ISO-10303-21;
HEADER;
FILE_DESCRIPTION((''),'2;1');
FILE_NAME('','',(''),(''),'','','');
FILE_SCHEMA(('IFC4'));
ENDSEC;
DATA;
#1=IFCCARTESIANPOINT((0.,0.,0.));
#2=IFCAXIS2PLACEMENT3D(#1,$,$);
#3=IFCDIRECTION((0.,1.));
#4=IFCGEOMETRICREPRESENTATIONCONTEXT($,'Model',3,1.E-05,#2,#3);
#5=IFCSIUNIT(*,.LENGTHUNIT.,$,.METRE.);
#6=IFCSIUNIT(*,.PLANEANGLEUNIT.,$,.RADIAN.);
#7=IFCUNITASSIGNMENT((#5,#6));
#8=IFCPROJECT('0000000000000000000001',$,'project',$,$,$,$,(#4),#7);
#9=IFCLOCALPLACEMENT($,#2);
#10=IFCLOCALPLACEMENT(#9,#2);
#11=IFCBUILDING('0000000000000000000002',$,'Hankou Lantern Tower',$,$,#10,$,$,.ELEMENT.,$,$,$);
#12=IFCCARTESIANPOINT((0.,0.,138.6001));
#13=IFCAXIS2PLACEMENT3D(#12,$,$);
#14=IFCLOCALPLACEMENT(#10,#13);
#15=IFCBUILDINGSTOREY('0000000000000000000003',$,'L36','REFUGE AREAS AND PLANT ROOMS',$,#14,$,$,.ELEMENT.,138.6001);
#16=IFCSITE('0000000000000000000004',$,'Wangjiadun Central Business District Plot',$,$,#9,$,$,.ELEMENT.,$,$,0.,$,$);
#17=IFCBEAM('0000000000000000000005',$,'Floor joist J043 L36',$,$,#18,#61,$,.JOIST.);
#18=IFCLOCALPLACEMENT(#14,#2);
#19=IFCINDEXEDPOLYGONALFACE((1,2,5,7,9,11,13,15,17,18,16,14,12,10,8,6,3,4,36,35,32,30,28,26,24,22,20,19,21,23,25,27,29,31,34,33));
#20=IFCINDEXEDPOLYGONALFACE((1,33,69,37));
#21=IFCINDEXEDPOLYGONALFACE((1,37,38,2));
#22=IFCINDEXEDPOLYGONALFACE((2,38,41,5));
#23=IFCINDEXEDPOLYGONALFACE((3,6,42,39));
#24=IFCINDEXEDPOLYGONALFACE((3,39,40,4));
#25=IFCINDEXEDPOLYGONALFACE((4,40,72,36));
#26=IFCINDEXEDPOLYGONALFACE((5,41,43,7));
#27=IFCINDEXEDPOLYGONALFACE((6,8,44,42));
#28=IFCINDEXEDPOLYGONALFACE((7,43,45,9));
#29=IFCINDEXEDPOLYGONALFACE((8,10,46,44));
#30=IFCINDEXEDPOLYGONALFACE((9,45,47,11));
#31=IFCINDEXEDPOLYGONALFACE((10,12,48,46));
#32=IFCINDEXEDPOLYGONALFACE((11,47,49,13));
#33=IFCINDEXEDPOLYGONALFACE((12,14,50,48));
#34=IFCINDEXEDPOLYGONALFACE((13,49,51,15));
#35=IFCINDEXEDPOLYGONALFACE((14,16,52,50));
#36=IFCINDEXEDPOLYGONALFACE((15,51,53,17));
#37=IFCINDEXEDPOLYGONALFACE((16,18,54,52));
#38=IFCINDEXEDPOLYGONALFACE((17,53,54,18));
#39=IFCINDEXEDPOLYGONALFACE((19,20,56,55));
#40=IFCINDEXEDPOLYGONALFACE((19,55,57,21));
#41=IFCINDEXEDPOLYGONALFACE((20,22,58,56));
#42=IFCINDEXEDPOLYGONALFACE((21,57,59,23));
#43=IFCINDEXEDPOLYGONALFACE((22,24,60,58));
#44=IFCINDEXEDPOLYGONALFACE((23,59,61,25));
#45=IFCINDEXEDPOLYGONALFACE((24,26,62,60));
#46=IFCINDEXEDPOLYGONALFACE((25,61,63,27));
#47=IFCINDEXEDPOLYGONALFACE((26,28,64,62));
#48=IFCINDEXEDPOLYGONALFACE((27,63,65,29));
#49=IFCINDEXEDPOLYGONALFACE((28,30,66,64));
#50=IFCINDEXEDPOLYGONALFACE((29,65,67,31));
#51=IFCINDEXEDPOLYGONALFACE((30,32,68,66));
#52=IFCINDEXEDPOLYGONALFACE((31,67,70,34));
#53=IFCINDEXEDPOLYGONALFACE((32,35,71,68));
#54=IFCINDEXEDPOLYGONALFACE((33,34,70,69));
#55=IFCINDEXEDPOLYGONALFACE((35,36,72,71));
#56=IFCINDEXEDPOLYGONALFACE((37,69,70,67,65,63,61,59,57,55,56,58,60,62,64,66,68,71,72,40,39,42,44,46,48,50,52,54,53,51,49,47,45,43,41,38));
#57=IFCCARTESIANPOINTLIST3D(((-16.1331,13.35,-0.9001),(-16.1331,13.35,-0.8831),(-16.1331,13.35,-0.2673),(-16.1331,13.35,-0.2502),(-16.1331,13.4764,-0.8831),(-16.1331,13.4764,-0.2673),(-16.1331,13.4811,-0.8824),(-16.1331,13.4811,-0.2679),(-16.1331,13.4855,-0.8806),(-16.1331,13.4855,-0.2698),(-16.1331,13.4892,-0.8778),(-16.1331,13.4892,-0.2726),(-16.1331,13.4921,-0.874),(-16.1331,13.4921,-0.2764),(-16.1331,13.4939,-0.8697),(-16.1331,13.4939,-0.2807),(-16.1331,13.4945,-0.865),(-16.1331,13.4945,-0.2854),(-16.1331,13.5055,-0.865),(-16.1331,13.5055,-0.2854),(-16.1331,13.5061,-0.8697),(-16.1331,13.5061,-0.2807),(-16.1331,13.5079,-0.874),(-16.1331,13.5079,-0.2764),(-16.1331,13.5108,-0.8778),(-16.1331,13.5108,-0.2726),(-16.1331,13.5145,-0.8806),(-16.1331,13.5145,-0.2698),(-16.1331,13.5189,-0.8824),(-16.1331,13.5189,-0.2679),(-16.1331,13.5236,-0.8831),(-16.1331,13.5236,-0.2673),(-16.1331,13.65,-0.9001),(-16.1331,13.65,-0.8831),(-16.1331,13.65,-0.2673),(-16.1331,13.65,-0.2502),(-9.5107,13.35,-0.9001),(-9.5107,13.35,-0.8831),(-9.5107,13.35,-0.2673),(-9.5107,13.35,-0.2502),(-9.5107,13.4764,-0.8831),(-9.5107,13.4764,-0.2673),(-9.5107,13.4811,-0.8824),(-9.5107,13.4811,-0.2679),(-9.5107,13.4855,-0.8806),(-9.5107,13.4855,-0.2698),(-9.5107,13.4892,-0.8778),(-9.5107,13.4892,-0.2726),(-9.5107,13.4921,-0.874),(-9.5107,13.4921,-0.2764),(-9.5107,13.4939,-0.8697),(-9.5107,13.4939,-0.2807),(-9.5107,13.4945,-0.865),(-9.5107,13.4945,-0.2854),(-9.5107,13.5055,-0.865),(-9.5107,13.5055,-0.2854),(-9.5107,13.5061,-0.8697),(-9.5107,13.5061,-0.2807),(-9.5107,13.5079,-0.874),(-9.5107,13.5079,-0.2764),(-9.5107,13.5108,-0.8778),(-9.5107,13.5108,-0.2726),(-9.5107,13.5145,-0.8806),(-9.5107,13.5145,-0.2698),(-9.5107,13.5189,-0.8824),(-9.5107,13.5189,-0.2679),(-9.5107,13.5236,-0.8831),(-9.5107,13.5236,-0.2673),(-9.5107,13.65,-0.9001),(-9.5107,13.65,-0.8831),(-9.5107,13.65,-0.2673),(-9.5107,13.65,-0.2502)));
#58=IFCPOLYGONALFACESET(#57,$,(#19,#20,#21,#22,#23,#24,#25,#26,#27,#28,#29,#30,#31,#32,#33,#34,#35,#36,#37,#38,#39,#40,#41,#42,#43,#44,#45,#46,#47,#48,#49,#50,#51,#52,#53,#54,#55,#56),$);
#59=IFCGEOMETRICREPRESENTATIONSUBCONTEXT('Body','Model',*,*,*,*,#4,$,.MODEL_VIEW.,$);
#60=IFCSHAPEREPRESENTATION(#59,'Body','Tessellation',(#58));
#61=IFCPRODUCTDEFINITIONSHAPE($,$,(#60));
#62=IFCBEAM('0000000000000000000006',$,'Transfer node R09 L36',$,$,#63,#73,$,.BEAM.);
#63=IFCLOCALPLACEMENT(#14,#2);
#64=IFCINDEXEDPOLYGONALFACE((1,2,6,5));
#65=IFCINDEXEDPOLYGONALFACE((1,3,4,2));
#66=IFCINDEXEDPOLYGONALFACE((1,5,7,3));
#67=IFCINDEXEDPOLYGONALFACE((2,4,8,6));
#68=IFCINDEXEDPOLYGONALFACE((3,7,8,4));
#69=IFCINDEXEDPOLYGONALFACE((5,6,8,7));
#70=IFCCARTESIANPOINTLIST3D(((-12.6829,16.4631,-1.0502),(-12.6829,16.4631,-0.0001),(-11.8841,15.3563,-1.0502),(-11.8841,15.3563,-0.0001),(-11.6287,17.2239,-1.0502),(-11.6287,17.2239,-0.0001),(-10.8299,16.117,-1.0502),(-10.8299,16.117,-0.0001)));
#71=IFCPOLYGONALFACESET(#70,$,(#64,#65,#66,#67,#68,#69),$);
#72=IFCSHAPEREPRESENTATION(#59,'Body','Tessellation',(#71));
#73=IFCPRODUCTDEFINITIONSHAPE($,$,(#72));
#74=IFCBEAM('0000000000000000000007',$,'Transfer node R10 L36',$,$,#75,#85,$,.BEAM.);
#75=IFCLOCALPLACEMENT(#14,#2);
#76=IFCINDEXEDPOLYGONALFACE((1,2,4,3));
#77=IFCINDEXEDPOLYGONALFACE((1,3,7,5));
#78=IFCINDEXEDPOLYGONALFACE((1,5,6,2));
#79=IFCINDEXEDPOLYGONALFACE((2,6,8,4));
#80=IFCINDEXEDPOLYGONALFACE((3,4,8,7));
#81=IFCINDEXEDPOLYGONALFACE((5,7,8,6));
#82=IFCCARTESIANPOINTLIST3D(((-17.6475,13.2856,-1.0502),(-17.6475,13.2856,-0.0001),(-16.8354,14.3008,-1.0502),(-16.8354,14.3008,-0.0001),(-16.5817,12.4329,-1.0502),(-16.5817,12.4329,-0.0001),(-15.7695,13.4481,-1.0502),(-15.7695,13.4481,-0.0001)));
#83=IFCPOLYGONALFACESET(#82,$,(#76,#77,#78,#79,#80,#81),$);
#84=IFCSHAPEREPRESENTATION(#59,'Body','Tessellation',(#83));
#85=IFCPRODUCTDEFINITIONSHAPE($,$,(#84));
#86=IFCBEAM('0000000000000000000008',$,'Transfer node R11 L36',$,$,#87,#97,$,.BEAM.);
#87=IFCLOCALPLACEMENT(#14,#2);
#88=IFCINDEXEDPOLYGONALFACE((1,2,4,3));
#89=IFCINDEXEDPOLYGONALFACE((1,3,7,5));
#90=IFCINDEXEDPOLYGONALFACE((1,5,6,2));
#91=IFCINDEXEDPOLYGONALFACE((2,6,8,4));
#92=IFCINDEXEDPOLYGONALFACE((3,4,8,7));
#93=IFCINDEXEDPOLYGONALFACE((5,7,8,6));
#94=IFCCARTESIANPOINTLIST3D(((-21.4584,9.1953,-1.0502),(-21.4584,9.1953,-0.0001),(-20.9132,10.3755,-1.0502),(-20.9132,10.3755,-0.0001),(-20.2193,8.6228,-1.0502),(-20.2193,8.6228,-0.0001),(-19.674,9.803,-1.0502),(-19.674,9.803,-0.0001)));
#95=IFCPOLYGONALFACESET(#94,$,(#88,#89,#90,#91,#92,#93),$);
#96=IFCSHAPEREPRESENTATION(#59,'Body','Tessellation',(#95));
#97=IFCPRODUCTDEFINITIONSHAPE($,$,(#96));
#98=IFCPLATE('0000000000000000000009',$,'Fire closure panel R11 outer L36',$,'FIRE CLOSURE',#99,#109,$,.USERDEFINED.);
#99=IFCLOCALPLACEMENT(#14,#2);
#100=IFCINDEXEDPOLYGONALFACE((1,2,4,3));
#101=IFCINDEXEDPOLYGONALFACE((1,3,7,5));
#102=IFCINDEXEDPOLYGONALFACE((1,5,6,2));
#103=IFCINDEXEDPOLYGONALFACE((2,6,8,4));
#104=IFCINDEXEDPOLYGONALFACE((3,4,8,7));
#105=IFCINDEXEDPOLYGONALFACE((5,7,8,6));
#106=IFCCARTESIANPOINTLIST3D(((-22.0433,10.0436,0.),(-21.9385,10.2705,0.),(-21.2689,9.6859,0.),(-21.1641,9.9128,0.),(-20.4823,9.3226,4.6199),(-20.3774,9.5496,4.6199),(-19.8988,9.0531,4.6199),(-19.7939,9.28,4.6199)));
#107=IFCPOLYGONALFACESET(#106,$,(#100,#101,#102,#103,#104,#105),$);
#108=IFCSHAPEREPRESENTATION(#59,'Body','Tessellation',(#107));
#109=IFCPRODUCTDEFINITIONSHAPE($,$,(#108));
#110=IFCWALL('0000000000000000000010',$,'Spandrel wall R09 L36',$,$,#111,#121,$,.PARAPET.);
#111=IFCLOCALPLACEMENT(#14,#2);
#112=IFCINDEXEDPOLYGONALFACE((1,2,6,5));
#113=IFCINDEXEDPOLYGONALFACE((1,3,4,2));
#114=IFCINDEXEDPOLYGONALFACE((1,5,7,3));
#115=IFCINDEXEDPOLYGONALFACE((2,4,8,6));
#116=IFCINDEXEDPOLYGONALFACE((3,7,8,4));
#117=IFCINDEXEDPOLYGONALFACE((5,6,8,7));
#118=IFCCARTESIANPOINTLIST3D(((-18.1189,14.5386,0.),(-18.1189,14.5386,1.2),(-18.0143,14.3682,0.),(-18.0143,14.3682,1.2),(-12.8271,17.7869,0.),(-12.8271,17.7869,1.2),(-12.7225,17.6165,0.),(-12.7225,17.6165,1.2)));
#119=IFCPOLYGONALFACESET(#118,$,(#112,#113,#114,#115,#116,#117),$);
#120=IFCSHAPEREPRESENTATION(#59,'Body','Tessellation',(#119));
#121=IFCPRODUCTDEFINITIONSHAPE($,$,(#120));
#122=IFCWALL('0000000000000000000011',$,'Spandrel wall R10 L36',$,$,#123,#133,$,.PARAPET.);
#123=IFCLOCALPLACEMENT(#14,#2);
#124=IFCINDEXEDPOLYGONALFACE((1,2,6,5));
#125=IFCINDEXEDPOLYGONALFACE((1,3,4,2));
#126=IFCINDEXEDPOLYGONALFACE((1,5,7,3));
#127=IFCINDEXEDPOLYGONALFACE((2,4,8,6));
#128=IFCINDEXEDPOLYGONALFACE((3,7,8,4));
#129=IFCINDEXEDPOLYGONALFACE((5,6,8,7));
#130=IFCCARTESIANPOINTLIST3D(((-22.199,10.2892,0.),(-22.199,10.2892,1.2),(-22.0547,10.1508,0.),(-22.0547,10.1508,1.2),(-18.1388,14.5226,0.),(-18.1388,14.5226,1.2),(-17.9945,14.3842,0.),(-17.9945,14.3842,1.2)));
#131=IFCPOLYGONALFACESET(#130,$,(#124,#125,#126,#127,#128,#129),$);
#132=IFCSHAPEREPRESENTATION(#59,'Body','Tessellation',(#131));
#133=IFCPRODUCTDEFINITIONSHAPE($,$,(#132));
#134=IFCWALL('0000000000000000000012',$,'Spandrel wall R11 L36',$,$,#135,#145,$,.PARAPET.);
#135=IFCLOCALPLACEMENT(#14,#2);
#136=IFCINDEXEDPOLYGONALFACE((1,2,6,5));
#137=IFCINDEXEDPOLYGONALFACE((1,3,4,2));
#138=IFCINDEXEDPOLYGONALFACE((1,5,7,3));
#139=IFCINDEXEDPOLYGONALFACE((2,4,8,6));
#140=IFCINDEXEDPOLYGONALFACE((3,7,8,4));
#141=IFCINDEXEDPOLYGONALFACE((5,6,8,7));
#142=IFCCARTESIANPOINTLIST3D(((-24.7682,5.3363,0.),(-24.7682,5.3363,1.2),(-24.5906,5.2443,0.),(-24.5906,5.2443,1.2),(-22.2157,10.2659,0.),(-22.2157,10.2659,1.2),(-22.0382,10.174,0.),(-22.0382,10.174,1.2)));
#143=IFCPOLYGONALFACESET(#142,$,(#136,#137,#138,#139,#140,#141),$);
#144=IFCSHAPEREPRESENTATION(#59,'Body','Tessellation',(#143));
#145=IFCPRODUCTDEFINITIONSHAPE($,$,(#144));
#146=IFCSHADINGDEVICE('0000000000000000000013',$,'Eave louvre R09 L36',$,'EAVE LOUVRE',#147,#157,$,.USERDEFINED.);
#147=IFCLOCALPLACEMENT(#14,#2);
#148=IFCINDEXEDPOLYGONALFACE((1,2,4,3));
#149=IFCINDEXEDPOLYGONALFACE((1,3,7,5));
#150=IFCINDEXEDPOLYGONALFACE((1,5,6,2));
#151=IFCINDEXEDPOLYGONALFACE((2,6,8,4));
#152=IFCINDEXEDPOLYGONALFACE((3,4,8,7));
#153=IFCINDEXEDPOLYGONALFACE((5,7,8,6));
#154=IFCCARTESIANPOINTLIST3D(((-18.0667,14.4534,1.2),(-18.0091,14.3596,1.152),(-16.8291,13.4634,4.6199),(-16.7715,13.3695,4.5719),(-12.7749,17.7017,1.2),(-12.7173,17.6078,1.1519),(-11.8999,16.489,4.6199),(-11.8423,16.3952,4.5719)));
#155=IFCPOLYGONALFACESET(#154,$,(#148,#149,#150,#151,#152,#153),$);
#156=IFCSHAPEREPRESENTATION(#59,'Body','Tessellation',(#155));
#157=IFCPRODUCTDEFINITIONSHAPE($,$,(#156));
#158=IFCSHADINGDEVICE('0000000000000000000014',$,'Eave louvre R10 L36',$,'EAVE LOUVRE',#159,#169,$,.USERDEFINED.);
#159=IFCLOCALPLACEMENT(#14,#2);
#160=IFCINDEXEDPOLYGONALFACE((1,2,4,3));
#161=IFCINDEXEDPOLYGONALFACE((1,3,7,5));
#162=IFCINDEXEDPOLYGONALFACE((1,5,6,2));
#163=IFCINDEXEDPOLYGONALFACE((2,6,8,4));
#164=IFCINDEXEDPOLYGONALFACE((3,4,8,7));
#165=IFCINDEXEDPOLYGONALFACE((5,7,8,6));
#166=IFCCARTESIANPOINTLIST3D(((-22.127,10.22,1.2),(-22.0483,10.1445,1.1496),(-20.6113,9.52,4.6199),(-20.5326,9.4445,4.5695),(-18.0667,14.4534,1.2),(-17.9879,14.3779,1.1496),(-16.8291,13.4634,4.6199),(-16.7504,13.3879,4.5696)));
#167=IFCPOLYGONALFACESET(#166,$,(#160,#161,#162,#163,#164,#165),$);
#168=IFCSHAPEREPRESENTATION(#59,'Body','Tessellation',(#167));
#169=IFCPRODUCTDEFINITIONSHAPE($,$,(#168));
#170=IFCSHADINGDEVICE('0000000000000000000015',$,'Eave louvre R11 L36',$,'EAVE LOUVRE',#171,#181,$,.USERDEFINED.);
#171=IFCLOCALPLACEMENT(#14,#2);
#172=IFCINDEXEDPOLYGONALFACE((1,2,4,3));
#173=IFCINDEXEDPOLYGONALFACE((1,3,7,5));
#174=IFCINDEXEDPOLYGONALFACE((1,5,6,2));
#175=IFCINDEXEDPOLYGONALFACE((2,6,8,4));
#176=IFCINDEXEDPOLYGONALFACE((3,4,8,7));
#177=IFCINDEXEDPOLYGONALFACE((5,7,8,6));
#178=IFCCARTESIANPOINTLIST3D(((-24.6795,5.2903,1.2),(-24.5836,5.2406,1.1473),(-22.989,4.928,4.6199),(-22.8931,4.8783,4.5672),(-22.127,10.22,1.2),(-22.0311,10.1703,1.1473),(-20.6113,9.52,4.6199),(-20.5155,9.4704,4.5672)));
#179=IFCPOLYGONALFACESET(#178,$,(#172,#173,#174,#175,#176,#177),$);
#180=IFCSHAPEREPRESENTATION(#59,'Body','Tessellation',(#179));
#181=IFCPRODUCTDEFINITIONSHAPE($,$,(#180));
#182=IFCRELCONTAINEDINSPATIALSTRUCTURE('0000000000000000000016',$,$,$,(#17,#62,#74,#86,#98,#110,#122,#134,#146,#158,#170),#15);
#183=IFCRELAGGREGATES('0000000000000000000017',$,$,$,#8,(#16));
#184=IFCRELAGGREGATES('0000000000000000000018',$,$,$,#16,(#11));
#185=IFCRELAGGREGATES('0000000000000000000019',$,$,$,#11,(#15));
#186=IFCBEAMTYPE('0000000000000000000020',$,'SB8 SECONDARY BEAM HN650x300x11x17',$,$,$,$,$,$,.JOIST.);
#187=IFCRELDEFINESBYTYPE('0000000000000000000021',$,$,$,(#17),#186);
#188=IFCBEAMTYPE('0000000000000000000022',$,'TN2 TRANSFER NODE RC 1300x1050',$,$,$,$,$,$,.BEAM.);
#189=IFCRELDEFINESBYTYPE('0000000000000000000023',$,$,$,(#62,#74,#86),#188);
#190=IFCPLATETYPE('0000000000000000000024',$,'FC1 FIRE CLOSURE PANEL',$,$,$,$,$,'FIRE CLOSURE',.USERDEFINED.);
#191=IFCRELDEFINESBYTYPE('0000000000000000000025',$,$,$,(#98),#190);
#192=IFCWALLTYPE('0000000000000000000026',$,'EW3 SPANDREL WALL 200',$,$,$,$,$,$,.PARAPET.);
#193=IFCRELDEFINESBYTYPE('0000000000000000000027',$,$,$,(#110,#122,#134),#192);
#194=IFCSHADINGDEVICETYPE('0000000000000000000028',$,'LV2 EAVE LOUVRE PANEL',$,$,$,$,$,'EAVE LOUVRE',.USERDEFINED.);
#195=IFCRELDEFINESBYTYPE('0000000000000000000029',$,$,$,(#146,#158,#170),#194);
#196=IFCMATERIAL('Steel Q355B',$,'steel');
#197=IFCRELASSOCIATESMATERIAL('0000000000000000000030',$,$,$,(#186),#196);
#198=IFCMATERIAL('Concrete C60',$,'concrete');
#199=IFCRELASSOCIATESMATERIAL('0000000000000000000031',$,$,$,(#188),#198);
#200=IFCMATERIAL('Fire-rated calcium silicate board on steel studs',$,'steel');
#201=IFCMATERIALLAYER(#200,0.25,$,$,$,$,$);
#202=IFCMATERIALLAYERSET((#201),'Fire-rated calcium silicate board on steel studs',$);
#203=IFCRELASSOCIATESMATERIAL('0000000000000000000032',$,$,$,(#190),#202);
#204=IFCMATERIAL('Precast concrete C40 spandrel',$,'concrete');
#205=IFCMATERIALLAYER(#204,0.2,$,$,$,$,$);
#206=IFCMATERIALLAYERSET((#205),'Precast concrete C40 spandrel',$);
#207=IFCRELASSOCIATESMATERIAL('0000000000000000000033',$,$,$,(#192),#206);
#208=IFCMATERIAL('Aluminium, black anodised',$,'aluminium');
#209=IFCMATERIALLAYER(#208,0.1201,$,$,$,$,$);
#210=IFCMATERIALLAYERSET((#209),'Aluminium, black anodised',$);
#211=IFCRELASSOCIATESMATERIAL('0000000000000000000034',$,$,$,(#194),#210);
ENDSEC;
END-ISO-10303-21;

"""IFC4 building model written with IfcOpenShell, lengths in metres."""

from ifc_helpers import new_model, si_unit, direction, frame, frame_2d, origin, origin_2d, place, context, subcontext, project, spatial, polyline, rectangle, i_section, outline, extrude, material, layer, layer_set, material_profile, profile_set, type_object, element, save


model = new_model("IFC4")

# Units and contexts
model_context = context("Model", 3, precision=1e-05, world=origin(), true_north=direction((0.0, 1.0)))
body_context = subcontext(model_context, "Body", "Model", "MODEL_VIEW")
ifc_project = project(units=[si_unit("LENGTHUNIT", "METRE"), si_unit("PLANEANGLEUNIT", "RADIAN")], contexts=[model_context])

# Site, building, storey
site_placement = place(None, origin())
site = spatial("IfcSite", under=ifc_project, at=site_placement, Name="Wangjiadun Central Business District Plot", CompositionType="ELEMENT", RefElevation=0.0)
building_placement = place(site_placement, origin())
building = spatial("IfcBuilding", under=site, at=building_placement, Name="Hankou Lantern Tower", CompositionType="ELEMENT")
storey_placement = place(building_placement, frame((0.0, 0.0, 138.6001)))
storey = spatial("IfcBuildingStorey", under=building, at=storey_placement, Name="L36", Description="REFUGE AREAS AND PLANT ROOMS", CompositionType="ELEMENT", Elevation=138.6001)

# Beams
ifc_material_1 = material(Name="Steel Q355B", Category="steel")
ifc_material_profile_1 = material_profile(ifc_material_1, i_section(OverallWidth=0.3, OverallDepth=0.6499, WebThickness=0.011, FlangeThickness=0.0171, FilletRadius=0.0181, at=origin_2d()), Name="HN650x300x11x17")
ifc_profile_set_1 = profile_set([ifc_material_profile_1], Name="Steel Q355B")
beam_type_1 = type_object("IfcBeamType", Name="SB8 SECONDARY BEAM HN650x300x11x17", PredefinedType="JOIST", material=ifc_profile_set_1)
beam_1_placement = place(storey_placement, frame((-16.1331, 13.5, -0.5752), z_axis=(1.0, 0.0, 0.0), x_axis=(0.0, 1.0, 0.0)))
element("IfcBeam", 1, at=beam_1_placement, inside=storey, type_object=beam_type_1, Name="Floor joist J043 L36", PredefinedType="JOIST", context=body_context, shape_type="SweptSolid", body=[
    extrude(i_section(OverallWidth=0.3, OverallDepth=0.6499, WebThickness=0.011, FlangeThickness=0.0171, FilletRadius=0.0181, at=origin_2d()), origin(), (0.0, 0.0, 1.0), 6.6223),
])
ifc_material_2 = material(Name="Concrete C60", Category="concrete")
ifc_material_profile_2 = material_profile(ifc_material_2, rectangle(XDim=1.3, YDim=1.05, at=origin_2d()), Name="RC 1300x1050")
ifc_profile_set_2 = profile_set([ifc_material_profile_2], Name="Concrete C60")
beam_type_2 = type_object("IfcBeamType", Name="TN2 TRANSFER NODE RC 1300x1050", PredefinedType="BEAM", material=ifc_profile_set_2)
for number, where, z_axis, x_axis, name in (
    (2, (-12.1558, 16.8435, -0.5251), (0.58519, -0.810896, 0.0), (0.810896, 0.58519, 0.0), "Transfer node R09 L36"),
    (3, (-17.2415, 13.7932, -0.5251), (0.780851, -0.624717, 0.0), (0.624717, 0.780851, 0.0), "Transfer node R10 L36"),
    (4, (-21.1858, 9.7854, -0.5251), (0.907808, -0.419387, 0.0), (0.419387, 0.907808, 0.0), "Transfer node R11 L36"),
):
    element("IfcBeam", number, at=place(storey_placement, frame(where, z_axis=z_axis, x_axis=x_axis)), inside=storey, type_object=beam_type_2, Name=name, PredefinedType="BEAM", context=body_context, shape_type="SweptSolid", body=[
        extrude(rectangle(XDim=1.3, YDim=1.05, at=origin_2d()), origin(), (0.0, 0.0, 1.0), 1.365),
    ])

# Plate
ifc_material_3 = material(Name="Fire-rated calcium silicate board on steel studs", Category="steel")
ifc_layer_1 = layer(ifc_material_3, 0.25)
ifc_layer_set_1 = layer_set([ifc_layer_1], Name="Fire-rated calcium silicate board on steel studs")
plate_type = type_object("IfcPlateType", Name="FC1 FIRE CLOSURE PANEL", ElementType="FIRE CLOSURE", PredefinedType="USERDEFINED", material=ifc_layer_set_1)
plate_placement = place(storey_placement, frame((-21.1641, 9.9128, 0.0), z_axis=(0.419317, 0.90784, -0.000009), x_axis=(-0.90784, 0.419317, 0.0)))
element("IfcPlate", 5, at=plate_placement, inside=storey, type_object=plate_type, Name="Fire closure panel R11 outer L36", ObjectType="FIRE CLOSURE", PredefinedType="USERDEFINED", context=body_context, shape_type="SweptSolid", body=[
    extrude(outline(polyline([(0.0, 0.0), (0.853, 0.0), (-0.8665, 4.6199), (-1.5092, 4.6199), (0.0, 0.0)])), origin(), (0.0, 0.0, -1.0), 0.25),
])

# Walls
ifc_material_4 = material(Name="Precast concrete C40 spandrel", Category="concrete")
ifc_layer_2 = layer(ifc_material_4, 0.2)
ifc_layer_set_2 = layer_set([ifc_layer_2], Name="Precast concrete C40 spandrel")
wall_type = type_object("IfcWallType", Name="EW3 SPANDREL WALL 200", PredefinedType="PARAPET", material=ifc_layer_set_2)
wall_1_placement = place(storey_placement, frame((-12.7749, 17.7017, 0.0), z_axis=(0.0, 0.0, 1.0), x_axis=(-0.852245, -0.523143, 0.0)))
element("IfcWall", 6, at=wall_1_placement, inside=storey, type_object=wall_type, Name="Spandrel wall R09 L36", PredefinedType="PARAPET", context=body_context, shape_type="SweptSolid", body=[
    extrude(rectangle(XDim=6.2092, YDim=0.2, at=frame_2d((3.1045, 0.0))), origin(), (0.0, 0.0, 1.0), 1.2),
])
wall_2_placement = place(storey_placement, frame((-18.0667, 14.4534, 0.0), z_axis=(0.0, 0.0, 1.0), x_axis=(-0.692198, -0.721707, 0.0)))
element("IfcWall", 7, at=wall_2_placement, inside=storey, type_object=wall_type, Name="Spandrel wall R10 L36", PredefinedType="PARAPET", context=body_context, shape_type="SweptSolid", body=[
    extrude(rectangle(XDim=5.8657, YDim=0.2, at=frame_2d((2.9329, 0.0))), origin(), (0.0, 0.0, 1.0), 1.2),
])
wall_3_placement = place(storey_placement, frame((-22.127, 10.22, 0.0), z_axis=(0.0, 0.0, 1.0), x_axis=(-0.4598, -0.888023, 0.0)))
element("IfcWall", 8, at=wall_3_placement, inside=storey, type_object=wall_type, Name="Spandrel wall R11 L36", PredefinedType="PARAPET", context=body_context, shape_type="SweptSolid", body=[
    extrude(rectangle(XDim=5.5513, YDim=0.2, at=frame_2d((2.7756, 0.0))), origin(), (0.0, 0.0, 1.0), 1.2),
])

# Shading devices
ifc_material_5 = material(Name="Aluminium, black anodised", Category="aluminium")
ifc_layer_3 = layer(ifc_material_5, 0.1201)
ifc_layer_set_3 = layer_set([ifc_layer_3], Name="Aluminium, black anodised")
shading_device_type = type_object("IfcShadingDeviceType", Name="LV2 EAVE LOUVRE PANEL", ElementType="EAVE LOUVRE", PredefinedType="USERDEFINED", material=ifc_layer_set_3)
shading_device_1_placement = place(storey_placement, frame((-12.7749, 17.7017, 1.2), z_axis=(-0.479534, 0.781217, 0.399684), x_axis=(-0.852248, -0.523137, 0.000003)))
element("IfcShadingDevice", 9, at=shading_device_1_placement, inside=storey, type_object=shading_device_type, Name="Eave louvre R09 L36", ObjectType="EAVE LOUVRE", PredefinedType="USERDEFINED", context=body_context, shape_type="SweptSolid", body=[
    extrude(outline(polyline([(0.0, 0.0), (6.2092, 0.0), (5.6724, 3.7309), (-0.1113, 3.7309), (0.0, 0.0)])), origin(), (0.0, 0.0, -1.0), 0.1201),
])
shading_device_2_placement = place(storey_placement, frame((-18.0667, 14.4534, 1.2), z_axis=(-0.65528, 0.628496, 0.419048), x_axis=(-0.692202, -0.721704, 0.000003)))
element("IfcShadingDevice", 10, at=shading_device_2_placement, inside=storey, type_object=shading_device_type, Name="Eave louvre R10 L36", ObjectType="EAVE LOUVRE", PredefinedType="USERDEFINED", context=body_context, shape_type="SweptSolid", body=[
    extrude(outline(polyline([(0.0, 0.0), (5.8658, 0.0), (5.3219, 3.7666), (-0.1421, 3.7666), (0.0, 0.0)])), origin(), (0.0, 0.0, -1.0), 0.1201),
])
shading_device_3_placement = place(storey_placement, frame((-22.127, 10.22, 1.2), z_axis=(-0.798174, 0.41328, 0.438314), x_axis=(-0.459801, -0.888022, 0.000001)))
element("IfcShadingDevice", 11, at=shading_device_3_placement, inside=storey, type_object=shading_device_type, Name="Eave louvre R11 L36", ObjectType="EAVE LOUVRE", PredefinedType="USERDEFINED", context=body_context, shape_type="SweptSolid", body=[
    extrude(outline(polyline([(0.0, 0.0), (5.5513, 0.0), (5.0958, 3.8049), (-0.0753, 3.8049), (0.0, 0.0)])), origin(), (0.0, 0.0, -1.0), 0.1201),
])

save(model, "model.ifc")
